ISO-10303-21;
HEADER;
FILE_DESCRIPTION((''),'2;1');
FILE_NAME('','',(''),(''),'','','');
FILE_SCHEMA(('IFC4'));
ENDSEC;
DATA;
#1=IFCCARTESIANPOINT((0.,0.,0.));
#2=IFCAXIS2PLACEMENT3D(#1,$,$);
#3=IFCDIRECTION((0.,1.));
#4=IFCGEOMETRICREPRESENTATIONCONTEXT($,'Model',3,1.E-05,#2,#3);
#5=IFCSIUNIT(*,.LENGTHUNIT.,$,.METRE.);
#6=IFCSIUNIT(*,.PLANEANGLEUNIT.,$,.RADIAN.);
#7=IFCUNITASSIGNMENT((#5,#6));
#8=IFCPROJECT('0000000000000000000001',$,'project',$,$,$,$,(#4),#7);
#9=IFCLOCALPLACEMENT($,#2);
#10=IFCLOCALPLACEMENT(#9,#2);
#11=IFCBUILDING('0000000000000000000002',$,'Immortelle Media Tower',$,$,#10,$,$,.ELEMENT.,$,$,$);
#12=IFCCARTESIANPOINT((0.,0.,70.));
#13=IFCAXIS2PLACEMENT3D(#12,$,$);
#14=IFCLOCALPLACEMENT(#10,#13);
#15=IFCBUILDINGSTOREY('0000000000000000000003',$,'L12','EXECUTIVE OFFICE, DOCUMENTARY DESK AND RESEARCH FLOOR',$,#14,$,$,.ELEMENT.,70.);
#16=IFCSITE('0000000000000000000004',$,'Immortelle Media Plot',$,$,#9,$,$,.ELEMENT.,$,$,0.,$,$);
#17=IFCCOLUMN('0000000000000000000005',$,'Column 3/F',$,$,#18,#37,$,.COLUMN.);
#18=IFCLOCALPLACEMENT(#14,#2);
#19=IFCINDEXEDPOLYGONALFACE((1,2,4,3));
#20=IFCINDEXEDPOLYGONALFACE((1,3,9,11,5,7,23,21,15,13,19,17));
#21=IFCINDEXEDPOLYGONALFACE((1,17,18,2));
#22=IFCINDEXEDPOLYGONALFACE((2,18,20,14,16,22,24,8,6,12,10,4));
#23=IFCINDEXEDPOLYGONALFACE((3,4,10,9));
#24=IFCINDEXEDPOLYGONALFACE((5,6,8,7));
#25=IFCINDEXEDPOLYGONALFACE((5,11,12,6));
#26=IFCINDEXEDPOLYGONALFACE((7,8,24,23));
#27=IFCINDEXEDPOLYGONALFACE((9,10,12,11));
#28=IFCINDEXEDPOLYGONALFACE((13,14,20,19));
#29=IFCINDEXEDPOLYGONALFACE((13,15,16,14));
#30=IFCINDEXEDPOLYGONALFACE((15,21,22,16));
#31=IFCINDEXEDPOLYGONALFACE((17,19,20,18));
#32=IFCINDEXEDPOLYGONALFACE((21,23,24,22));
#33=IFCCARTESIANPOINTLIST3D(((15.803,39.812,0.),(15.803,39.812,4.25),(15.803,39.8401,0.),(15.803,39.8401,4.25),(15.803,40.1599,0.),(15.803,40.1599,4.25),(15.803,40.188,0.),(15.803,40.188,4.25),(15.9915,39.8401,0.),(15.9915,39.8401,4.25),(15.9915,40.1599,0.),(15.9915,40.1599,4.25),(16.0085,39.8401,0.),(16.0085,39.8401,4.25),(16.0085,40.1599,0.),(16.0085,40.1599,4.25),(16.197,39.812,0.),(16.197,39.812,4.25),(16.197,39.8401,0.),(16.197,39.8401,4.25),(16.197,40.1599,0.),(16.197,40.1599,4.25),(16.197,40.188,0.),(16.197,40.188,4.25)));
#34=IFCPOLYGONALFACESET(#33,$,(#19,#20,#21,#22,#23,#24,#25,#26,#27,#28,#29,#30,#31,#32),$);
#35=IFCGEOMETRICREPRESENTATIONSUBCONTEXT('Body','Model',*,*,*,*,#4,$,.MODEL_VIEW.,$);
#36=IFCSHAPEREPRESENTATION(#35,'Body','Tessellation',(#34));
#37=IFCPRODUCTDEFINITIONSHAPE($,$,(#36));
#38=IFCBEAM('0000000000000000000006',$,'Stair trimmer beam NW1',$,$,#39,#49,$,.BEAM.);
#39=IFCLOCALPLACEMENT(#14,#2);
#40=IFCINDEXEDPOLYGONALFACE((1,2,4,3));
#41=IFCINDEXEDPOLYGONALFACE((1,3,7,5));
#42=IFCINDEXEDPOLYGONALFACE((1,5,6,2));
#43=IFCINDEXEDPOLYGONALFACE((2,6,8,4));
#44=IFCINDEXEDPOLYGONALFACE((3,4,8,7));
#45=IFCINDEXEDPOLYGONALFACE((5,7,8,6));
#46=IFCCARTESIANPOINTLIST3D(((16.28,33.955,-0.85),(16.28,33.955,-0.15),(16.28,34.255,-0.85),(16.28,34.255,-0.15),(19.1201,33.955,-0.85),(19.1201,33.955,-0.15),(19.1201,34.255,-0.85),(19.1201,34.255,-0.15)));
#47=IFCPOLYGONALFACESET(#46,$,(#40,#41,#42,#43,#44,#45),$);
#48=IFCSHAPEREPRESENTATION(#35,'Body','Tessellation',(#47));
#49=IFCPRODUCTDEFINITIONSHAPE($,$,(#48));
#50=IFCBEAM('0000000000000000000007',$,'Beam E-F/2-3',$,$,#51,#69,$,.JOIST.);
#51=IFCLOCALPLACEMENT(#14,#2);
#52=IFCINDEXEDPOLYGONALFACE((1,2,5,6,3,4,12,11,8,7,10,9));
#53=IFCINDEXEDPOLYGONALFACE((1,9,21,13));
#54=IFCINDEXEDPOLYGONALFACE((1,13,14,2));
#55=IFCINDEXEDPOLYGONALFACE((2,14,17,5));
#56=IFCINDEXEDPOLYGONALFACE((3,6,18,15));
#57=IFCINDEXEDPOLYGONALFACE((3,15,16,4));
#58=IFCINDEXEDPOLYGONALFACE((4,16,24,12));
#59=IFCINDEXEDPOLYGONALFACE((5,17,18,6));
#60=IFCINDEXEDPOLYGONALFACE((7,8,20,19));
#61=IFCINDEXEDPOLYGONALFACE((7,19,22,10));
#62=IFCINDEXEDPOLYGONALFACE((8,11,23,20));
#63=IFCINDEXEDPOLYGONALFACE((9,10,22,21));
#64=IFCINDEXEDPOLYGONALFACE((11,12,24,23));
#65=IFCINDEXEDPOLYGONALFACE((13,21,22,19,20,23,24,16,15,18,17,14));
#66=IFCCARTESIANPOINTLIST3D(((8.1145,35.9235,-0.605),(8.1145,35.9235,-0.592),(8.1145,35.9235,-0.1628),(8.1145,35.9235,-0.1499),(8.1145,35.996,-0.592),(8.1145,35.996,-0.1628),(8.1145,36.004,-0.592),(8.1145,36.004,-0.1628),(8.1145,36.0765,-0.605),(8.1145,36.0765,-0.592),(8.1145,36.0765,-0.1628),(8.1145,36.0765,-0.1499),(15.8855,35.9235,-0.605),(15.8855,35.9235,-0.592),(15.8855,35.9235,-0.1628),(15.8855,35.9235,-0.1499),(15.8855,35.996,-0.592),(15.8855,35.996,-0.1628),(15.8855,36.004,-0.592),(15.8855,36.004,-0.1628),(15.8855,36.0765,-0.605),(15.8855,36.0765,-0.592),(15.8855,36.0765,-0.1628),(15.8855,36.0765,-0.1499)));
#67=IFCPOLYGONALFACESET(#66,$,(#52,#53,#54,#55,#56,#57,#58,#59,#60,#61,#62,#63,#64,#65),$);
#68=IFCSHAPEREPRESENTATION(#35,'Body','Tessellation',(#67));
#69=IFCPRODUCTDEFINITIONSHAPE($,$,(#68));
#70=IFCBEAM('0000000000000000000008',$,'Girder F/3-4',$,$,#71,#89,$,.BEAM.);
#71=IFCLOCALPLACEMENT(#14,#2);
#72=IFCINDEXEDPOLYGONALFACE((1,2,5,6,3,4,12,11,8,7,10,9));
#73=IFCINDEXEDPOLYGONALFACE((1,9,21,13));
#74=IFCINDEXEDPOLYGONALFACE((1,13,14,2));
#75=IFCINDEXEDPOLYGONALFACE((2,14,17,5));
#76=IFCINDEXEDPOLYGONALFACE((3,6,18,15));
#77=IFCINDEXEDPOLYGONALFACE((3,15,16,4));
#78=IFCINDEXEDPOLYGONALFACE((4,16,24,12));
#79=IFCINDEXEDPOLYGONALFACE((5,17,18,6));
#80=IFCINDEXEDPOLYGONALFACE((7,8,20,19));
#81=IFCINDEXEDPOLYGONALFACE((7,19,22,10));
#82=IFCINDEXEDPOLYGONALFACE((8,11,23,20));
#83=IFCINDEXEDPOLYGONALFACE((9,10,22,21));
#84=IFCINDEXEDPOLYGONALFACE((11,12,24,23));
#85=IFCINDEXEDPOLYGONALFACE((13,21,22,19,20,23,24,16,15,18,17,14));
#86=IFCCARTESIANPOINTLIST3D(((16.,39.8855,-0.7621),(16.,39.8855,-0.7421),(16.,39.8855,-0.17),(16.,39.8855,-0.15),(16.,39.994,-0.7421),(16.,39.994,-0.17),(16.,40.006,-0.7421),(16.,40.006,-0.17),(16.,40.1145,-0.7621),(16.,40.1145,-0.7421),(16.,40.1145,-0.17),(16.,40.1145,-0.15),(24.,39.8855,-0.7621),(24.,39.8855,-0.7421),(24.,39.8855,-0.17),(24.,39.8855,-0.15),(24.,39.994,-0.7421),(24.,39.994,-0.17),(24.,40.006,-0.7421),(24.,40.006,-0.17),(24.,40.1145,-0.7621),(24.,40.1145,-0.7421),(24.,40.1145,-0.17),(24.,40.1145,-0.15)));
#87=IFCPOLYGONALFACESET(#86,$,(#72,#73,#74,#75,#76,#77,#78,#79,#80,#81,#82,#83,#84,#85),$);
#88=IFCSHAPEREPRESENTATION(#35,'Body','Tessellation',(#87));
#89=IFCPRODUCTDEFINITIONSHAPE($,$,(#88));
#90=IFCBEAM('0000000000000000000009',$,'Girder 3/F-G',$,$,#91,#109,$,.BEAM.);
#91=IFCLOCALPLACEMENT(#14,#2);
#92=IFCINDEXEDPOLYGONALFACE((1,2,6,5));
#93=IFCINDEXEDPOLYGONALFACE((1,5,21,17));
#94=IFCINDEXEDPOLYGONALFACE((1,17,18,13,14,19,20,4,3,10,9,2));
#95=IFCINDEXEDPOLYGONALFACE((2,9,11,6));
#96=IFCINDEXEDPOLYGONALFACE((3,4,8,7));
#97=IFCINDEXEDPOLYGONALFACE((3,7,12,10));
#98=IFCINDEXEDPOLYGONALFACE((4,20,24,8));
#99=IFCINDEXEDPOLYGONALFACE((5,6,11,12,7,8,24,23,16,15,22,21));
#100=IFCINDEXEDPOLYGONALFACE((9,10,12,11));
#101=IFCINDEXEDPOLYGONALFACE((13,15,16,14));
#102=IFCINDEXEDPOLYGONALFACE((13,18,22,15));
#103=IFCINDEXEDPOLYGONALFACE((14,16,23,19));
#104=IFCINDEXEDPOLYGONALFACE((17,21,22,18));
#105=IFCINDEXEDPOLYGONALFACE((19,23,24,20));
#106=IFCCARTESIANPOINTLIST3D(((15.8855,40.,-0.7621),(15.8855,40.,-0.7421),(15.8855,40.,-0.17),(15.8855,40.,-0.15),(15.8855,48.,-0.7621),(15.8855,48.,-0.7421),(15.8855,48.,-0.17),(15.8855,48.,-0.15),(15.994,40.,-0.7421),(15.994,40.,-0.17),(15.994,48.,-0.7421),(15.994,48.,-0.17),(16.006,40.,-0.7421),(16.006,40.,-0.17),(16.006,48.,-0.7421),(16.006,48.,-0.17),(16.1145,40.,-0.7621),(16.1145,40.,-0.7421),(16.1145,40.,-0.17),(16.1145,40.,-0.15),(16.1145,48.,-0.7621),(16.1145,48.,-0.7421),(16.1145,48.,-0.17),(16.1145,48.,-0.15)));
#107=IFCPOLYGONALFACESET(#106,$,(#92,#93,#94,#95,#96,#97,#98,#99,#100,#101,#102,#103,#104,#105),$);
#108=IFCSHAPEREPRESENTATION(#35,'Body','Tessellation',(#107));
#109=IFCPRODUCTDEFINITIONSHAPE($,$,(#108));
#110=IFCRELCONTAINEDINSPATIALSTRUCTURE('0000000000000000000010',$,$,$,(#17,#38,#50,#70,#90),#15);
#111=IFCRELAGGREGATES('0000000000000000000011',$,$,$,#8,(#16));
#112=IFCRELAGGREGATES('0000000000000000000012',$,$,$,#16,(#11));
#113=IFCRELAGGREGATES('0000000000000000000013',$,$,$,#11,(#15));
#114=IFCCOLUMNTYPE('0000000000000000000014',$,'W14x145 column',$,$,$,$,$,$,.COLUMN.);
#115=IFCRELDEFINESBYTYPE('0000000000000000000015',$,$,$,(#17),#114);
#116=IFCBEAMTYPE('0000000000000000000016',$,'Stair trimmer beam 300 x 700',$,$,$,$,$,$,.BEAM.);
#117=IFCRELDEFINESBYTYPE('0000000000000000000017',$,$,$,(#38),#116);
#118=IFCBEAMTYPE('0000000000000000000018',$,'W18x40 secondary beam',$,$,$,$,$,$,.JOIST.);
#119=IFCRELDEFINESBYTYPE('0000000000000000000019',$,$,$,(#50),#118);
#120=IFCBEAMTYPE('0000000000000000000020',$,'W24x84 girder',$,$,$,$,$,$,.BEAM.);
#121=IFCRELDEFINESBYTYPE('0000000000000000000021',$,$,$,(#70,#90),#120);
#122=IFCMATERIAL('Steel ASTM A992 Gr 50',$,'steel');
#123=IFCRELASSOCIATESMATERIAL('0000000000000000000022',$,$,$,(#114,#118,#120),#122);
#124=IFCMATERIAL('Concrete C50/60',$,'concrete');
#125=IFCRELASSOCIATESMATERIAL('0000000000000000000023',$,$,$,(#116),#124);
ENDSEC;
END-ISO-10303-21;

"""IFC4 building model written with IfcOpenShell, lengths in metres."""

from ifc_helpers import new_model, si_unit, direction, frame, origin, origin_2d, place, context, subcontext, project, spatial, rectangle, i_section, extrude, material, material_profile, profile_set, type_object, element, save


model = new_model("IFC4")

# Units and contexts
model_context = context("Model", 3, precision=1e-05, world=origin(), true_north=direction((0.0, 1.0)))
body_context = subcontext(model_context, "Body", "Model", "MODEL_VIEW")
ifc_project = project(units=[si_unit("LENGTHUNIT", "METRE"), si_unit("PLANEANGLEUNIT", "RADIAN")], contexts=[model_context])

# Site, building, storey
site_placement = place(None, origin())
site = spatial("IfcSite", under=ifc_project, at=site_placement, Name="Immortelle Media Plot", CompositionType="ELEMENT", RefElevation=0.0)
building_placement = place(site_placement, origin())
building = spatial("IfcBuilding", under=site, at=building_placement, Name="Immortelle Media Tower", CompositionType="ELEMENT")
storey_placement = place(building_placement, frame((0.0, 0.0, 70.0)))
storey = spatial("IfcBuildingStorey", under=building, at=storey_placement, Name="L12", Description="EXECUTIVE OFFICE, DOCUMENTARY DESK AND RESEARCH FLOOR", CompositionType="ELEMENT", Elevation=70.0)

# Column
ifc_material_1 = material(Name="Steel ASTM A992 Gr 50", Category="steel")
ifc_material_profile_1 = material_profile(ifc_material_1, i_section(OverallWidth=0.394, OverallDepth=0.376, WebThickness=0.0171, FlangeThickness=0.0281, at=origin_2d()), Name="W14x145")
ifc_profile_set_1 = profile_set([ifc_material_profile_1], Name="Steel ASTM A992 Gr 50")
column_type = type_object("IfcColumnType", Name="W14x145 column", PredefinedType="COLUMN", material=ifc_profile_set_1)
column_placement = place(storey_placement, frame((16.0, 40.0, 0.0), z_axis=(0.0, 0.0, 1.0), x_axis=(1.0, 0.0, 0.0)))
element("IfcColumn", 1, at=column_placement, inside=storey, type_object=column_type, Name="Column 3/F", PredefinedType="COLUMN", context=body_context, shape_type="SweptSolid", body=[
    extrude(i_section(OverallWidth=0.394, OverallDepth=0.376, WebThickness=0.0171, FlangeThickness=0.0281, at=origin_2d()), origin(), (0.0, 0.0, 1.0), 4.25),
])

# Beams
ifc_material_2 = material(Name="Concrete C50/60", Category="concrete")
ifc_material_profile_2 = material_profile(ifc_material_2, rectangle(XDim=0.3, YDim=0.7, at=origin_2d()), Name="RC 300x700")
ifc_profile_set_2 = profile_set([ifc_material_profile_2], Name="Concrete C50/60")
beam_type_1 = type_object("IfcBeamType", Name="Stair trimmer beam 300 x 700", PredefinedType="BEAM", material=ifc_profile_set_2)
beam_1_placement = place(storey_placement, frame((16.28, 34.105, -0.5), z_axis=(1.0, 0.0, 0.0), x_axis=(0.0, 1.0, 0.0)))
element("IfcBeam", 2, at=beam_1_placement, inside=storey, type_object=beam_type_1, Name="Stair trimmer beam NW1", PredefinedType="BEAM", context=body_context, shape_type="SweptSolid", body=[
    extrude(rectangle(XDim=0.3, YDim=0.7, at=origin_2d()), origin(), (0.0, 0.0, 1.0), 2.8401),
])
ifc_material_profile_3 = material_profile(ifc_material_1, i_section(OverallWidth=0.1531, OverallDepth=0.4551, WebThickness=0.0081, FlangeThickness=0.0129, at=origin_2d()), Name="W18x40")
ifc_profile_set_3 = profile_set([ifc_material_profile_3], Name="Steel ASTM A992 Gr 50")
beam_type_2 = type_object("IfcBeamType", Name="W18x40 secondary beam", PredefinedType="JOIST", material=ifc_profile_set_3)
beam_2_placement = place(storey_placement, frame((8.1145, 36.0, -0.3774), z_axis=(1.0, 0.0, 0.0), x_axis=(0.0, 1.0, 0.0)))
element("IfcBeam", 3, at=beam_2_placement, inside=storey, type_object=beam_type_2, Name="Beam E-F/2-3", PredefinedType="JOIST", context=body_context, shape_type="SweptSolid", body=[
    extrude(i_section(OverallWidth=0.1531, OverallDepth=0.4551, WebThickness=0.0081, FlangeThickness=0.0129, at=origin_2d()), origin(), (0.0, 0.0, 1.0), 7.771),
])
ifc_material_profile_4 = material_profile(ifc_material_1, i_section(OverallWidth=0.229, OverallDepth=0.6121, WebThickness=0.012, FlangeThickness=0.02, at=origin_2d()), Name="W24x84")
ifc_profile_set_4 = profile_set([ifc_material_profile_4], Name="Steel ASTM A992 Gr 50")
beam_type_3 = type_object("IfcBeamType", Name="W24x84 girder", PredefinedType="BEAM", material=ifc_profile_set_4)
for number, where, z_axis, x_axis, name in (
    (4, (16.0, 40.0, -0.4561), (1.0, 0.0, 0.0), (0.0, 1.0, 0.0), "Girder F/3-4"),
    (5, (16.0, 40.0, -0.4561), (0.0, 1.0, 0.0), (-1.0, 0.0, 0.0), "Girder 3/F-G"),
):
    element("IfcBeam", number, at=place(storey_placement, frame(where, z_axis=z_axis, x_axis=x_axis)), inside=storey, type_object=beam_type_3, Name=name, PredefinedType="BEAM", context=body_context, shape_type="SweptSolid", body=[
        extrude(i_section(OverallWidth=0.229, OverallDepth=0.6121, WebThickness=0.012, FlangeThickness=0.02, at=origin_2d()), origin(), (0.0, 0.0, 1.0), 8.0),
    ])

save(model, "model.ifc")
